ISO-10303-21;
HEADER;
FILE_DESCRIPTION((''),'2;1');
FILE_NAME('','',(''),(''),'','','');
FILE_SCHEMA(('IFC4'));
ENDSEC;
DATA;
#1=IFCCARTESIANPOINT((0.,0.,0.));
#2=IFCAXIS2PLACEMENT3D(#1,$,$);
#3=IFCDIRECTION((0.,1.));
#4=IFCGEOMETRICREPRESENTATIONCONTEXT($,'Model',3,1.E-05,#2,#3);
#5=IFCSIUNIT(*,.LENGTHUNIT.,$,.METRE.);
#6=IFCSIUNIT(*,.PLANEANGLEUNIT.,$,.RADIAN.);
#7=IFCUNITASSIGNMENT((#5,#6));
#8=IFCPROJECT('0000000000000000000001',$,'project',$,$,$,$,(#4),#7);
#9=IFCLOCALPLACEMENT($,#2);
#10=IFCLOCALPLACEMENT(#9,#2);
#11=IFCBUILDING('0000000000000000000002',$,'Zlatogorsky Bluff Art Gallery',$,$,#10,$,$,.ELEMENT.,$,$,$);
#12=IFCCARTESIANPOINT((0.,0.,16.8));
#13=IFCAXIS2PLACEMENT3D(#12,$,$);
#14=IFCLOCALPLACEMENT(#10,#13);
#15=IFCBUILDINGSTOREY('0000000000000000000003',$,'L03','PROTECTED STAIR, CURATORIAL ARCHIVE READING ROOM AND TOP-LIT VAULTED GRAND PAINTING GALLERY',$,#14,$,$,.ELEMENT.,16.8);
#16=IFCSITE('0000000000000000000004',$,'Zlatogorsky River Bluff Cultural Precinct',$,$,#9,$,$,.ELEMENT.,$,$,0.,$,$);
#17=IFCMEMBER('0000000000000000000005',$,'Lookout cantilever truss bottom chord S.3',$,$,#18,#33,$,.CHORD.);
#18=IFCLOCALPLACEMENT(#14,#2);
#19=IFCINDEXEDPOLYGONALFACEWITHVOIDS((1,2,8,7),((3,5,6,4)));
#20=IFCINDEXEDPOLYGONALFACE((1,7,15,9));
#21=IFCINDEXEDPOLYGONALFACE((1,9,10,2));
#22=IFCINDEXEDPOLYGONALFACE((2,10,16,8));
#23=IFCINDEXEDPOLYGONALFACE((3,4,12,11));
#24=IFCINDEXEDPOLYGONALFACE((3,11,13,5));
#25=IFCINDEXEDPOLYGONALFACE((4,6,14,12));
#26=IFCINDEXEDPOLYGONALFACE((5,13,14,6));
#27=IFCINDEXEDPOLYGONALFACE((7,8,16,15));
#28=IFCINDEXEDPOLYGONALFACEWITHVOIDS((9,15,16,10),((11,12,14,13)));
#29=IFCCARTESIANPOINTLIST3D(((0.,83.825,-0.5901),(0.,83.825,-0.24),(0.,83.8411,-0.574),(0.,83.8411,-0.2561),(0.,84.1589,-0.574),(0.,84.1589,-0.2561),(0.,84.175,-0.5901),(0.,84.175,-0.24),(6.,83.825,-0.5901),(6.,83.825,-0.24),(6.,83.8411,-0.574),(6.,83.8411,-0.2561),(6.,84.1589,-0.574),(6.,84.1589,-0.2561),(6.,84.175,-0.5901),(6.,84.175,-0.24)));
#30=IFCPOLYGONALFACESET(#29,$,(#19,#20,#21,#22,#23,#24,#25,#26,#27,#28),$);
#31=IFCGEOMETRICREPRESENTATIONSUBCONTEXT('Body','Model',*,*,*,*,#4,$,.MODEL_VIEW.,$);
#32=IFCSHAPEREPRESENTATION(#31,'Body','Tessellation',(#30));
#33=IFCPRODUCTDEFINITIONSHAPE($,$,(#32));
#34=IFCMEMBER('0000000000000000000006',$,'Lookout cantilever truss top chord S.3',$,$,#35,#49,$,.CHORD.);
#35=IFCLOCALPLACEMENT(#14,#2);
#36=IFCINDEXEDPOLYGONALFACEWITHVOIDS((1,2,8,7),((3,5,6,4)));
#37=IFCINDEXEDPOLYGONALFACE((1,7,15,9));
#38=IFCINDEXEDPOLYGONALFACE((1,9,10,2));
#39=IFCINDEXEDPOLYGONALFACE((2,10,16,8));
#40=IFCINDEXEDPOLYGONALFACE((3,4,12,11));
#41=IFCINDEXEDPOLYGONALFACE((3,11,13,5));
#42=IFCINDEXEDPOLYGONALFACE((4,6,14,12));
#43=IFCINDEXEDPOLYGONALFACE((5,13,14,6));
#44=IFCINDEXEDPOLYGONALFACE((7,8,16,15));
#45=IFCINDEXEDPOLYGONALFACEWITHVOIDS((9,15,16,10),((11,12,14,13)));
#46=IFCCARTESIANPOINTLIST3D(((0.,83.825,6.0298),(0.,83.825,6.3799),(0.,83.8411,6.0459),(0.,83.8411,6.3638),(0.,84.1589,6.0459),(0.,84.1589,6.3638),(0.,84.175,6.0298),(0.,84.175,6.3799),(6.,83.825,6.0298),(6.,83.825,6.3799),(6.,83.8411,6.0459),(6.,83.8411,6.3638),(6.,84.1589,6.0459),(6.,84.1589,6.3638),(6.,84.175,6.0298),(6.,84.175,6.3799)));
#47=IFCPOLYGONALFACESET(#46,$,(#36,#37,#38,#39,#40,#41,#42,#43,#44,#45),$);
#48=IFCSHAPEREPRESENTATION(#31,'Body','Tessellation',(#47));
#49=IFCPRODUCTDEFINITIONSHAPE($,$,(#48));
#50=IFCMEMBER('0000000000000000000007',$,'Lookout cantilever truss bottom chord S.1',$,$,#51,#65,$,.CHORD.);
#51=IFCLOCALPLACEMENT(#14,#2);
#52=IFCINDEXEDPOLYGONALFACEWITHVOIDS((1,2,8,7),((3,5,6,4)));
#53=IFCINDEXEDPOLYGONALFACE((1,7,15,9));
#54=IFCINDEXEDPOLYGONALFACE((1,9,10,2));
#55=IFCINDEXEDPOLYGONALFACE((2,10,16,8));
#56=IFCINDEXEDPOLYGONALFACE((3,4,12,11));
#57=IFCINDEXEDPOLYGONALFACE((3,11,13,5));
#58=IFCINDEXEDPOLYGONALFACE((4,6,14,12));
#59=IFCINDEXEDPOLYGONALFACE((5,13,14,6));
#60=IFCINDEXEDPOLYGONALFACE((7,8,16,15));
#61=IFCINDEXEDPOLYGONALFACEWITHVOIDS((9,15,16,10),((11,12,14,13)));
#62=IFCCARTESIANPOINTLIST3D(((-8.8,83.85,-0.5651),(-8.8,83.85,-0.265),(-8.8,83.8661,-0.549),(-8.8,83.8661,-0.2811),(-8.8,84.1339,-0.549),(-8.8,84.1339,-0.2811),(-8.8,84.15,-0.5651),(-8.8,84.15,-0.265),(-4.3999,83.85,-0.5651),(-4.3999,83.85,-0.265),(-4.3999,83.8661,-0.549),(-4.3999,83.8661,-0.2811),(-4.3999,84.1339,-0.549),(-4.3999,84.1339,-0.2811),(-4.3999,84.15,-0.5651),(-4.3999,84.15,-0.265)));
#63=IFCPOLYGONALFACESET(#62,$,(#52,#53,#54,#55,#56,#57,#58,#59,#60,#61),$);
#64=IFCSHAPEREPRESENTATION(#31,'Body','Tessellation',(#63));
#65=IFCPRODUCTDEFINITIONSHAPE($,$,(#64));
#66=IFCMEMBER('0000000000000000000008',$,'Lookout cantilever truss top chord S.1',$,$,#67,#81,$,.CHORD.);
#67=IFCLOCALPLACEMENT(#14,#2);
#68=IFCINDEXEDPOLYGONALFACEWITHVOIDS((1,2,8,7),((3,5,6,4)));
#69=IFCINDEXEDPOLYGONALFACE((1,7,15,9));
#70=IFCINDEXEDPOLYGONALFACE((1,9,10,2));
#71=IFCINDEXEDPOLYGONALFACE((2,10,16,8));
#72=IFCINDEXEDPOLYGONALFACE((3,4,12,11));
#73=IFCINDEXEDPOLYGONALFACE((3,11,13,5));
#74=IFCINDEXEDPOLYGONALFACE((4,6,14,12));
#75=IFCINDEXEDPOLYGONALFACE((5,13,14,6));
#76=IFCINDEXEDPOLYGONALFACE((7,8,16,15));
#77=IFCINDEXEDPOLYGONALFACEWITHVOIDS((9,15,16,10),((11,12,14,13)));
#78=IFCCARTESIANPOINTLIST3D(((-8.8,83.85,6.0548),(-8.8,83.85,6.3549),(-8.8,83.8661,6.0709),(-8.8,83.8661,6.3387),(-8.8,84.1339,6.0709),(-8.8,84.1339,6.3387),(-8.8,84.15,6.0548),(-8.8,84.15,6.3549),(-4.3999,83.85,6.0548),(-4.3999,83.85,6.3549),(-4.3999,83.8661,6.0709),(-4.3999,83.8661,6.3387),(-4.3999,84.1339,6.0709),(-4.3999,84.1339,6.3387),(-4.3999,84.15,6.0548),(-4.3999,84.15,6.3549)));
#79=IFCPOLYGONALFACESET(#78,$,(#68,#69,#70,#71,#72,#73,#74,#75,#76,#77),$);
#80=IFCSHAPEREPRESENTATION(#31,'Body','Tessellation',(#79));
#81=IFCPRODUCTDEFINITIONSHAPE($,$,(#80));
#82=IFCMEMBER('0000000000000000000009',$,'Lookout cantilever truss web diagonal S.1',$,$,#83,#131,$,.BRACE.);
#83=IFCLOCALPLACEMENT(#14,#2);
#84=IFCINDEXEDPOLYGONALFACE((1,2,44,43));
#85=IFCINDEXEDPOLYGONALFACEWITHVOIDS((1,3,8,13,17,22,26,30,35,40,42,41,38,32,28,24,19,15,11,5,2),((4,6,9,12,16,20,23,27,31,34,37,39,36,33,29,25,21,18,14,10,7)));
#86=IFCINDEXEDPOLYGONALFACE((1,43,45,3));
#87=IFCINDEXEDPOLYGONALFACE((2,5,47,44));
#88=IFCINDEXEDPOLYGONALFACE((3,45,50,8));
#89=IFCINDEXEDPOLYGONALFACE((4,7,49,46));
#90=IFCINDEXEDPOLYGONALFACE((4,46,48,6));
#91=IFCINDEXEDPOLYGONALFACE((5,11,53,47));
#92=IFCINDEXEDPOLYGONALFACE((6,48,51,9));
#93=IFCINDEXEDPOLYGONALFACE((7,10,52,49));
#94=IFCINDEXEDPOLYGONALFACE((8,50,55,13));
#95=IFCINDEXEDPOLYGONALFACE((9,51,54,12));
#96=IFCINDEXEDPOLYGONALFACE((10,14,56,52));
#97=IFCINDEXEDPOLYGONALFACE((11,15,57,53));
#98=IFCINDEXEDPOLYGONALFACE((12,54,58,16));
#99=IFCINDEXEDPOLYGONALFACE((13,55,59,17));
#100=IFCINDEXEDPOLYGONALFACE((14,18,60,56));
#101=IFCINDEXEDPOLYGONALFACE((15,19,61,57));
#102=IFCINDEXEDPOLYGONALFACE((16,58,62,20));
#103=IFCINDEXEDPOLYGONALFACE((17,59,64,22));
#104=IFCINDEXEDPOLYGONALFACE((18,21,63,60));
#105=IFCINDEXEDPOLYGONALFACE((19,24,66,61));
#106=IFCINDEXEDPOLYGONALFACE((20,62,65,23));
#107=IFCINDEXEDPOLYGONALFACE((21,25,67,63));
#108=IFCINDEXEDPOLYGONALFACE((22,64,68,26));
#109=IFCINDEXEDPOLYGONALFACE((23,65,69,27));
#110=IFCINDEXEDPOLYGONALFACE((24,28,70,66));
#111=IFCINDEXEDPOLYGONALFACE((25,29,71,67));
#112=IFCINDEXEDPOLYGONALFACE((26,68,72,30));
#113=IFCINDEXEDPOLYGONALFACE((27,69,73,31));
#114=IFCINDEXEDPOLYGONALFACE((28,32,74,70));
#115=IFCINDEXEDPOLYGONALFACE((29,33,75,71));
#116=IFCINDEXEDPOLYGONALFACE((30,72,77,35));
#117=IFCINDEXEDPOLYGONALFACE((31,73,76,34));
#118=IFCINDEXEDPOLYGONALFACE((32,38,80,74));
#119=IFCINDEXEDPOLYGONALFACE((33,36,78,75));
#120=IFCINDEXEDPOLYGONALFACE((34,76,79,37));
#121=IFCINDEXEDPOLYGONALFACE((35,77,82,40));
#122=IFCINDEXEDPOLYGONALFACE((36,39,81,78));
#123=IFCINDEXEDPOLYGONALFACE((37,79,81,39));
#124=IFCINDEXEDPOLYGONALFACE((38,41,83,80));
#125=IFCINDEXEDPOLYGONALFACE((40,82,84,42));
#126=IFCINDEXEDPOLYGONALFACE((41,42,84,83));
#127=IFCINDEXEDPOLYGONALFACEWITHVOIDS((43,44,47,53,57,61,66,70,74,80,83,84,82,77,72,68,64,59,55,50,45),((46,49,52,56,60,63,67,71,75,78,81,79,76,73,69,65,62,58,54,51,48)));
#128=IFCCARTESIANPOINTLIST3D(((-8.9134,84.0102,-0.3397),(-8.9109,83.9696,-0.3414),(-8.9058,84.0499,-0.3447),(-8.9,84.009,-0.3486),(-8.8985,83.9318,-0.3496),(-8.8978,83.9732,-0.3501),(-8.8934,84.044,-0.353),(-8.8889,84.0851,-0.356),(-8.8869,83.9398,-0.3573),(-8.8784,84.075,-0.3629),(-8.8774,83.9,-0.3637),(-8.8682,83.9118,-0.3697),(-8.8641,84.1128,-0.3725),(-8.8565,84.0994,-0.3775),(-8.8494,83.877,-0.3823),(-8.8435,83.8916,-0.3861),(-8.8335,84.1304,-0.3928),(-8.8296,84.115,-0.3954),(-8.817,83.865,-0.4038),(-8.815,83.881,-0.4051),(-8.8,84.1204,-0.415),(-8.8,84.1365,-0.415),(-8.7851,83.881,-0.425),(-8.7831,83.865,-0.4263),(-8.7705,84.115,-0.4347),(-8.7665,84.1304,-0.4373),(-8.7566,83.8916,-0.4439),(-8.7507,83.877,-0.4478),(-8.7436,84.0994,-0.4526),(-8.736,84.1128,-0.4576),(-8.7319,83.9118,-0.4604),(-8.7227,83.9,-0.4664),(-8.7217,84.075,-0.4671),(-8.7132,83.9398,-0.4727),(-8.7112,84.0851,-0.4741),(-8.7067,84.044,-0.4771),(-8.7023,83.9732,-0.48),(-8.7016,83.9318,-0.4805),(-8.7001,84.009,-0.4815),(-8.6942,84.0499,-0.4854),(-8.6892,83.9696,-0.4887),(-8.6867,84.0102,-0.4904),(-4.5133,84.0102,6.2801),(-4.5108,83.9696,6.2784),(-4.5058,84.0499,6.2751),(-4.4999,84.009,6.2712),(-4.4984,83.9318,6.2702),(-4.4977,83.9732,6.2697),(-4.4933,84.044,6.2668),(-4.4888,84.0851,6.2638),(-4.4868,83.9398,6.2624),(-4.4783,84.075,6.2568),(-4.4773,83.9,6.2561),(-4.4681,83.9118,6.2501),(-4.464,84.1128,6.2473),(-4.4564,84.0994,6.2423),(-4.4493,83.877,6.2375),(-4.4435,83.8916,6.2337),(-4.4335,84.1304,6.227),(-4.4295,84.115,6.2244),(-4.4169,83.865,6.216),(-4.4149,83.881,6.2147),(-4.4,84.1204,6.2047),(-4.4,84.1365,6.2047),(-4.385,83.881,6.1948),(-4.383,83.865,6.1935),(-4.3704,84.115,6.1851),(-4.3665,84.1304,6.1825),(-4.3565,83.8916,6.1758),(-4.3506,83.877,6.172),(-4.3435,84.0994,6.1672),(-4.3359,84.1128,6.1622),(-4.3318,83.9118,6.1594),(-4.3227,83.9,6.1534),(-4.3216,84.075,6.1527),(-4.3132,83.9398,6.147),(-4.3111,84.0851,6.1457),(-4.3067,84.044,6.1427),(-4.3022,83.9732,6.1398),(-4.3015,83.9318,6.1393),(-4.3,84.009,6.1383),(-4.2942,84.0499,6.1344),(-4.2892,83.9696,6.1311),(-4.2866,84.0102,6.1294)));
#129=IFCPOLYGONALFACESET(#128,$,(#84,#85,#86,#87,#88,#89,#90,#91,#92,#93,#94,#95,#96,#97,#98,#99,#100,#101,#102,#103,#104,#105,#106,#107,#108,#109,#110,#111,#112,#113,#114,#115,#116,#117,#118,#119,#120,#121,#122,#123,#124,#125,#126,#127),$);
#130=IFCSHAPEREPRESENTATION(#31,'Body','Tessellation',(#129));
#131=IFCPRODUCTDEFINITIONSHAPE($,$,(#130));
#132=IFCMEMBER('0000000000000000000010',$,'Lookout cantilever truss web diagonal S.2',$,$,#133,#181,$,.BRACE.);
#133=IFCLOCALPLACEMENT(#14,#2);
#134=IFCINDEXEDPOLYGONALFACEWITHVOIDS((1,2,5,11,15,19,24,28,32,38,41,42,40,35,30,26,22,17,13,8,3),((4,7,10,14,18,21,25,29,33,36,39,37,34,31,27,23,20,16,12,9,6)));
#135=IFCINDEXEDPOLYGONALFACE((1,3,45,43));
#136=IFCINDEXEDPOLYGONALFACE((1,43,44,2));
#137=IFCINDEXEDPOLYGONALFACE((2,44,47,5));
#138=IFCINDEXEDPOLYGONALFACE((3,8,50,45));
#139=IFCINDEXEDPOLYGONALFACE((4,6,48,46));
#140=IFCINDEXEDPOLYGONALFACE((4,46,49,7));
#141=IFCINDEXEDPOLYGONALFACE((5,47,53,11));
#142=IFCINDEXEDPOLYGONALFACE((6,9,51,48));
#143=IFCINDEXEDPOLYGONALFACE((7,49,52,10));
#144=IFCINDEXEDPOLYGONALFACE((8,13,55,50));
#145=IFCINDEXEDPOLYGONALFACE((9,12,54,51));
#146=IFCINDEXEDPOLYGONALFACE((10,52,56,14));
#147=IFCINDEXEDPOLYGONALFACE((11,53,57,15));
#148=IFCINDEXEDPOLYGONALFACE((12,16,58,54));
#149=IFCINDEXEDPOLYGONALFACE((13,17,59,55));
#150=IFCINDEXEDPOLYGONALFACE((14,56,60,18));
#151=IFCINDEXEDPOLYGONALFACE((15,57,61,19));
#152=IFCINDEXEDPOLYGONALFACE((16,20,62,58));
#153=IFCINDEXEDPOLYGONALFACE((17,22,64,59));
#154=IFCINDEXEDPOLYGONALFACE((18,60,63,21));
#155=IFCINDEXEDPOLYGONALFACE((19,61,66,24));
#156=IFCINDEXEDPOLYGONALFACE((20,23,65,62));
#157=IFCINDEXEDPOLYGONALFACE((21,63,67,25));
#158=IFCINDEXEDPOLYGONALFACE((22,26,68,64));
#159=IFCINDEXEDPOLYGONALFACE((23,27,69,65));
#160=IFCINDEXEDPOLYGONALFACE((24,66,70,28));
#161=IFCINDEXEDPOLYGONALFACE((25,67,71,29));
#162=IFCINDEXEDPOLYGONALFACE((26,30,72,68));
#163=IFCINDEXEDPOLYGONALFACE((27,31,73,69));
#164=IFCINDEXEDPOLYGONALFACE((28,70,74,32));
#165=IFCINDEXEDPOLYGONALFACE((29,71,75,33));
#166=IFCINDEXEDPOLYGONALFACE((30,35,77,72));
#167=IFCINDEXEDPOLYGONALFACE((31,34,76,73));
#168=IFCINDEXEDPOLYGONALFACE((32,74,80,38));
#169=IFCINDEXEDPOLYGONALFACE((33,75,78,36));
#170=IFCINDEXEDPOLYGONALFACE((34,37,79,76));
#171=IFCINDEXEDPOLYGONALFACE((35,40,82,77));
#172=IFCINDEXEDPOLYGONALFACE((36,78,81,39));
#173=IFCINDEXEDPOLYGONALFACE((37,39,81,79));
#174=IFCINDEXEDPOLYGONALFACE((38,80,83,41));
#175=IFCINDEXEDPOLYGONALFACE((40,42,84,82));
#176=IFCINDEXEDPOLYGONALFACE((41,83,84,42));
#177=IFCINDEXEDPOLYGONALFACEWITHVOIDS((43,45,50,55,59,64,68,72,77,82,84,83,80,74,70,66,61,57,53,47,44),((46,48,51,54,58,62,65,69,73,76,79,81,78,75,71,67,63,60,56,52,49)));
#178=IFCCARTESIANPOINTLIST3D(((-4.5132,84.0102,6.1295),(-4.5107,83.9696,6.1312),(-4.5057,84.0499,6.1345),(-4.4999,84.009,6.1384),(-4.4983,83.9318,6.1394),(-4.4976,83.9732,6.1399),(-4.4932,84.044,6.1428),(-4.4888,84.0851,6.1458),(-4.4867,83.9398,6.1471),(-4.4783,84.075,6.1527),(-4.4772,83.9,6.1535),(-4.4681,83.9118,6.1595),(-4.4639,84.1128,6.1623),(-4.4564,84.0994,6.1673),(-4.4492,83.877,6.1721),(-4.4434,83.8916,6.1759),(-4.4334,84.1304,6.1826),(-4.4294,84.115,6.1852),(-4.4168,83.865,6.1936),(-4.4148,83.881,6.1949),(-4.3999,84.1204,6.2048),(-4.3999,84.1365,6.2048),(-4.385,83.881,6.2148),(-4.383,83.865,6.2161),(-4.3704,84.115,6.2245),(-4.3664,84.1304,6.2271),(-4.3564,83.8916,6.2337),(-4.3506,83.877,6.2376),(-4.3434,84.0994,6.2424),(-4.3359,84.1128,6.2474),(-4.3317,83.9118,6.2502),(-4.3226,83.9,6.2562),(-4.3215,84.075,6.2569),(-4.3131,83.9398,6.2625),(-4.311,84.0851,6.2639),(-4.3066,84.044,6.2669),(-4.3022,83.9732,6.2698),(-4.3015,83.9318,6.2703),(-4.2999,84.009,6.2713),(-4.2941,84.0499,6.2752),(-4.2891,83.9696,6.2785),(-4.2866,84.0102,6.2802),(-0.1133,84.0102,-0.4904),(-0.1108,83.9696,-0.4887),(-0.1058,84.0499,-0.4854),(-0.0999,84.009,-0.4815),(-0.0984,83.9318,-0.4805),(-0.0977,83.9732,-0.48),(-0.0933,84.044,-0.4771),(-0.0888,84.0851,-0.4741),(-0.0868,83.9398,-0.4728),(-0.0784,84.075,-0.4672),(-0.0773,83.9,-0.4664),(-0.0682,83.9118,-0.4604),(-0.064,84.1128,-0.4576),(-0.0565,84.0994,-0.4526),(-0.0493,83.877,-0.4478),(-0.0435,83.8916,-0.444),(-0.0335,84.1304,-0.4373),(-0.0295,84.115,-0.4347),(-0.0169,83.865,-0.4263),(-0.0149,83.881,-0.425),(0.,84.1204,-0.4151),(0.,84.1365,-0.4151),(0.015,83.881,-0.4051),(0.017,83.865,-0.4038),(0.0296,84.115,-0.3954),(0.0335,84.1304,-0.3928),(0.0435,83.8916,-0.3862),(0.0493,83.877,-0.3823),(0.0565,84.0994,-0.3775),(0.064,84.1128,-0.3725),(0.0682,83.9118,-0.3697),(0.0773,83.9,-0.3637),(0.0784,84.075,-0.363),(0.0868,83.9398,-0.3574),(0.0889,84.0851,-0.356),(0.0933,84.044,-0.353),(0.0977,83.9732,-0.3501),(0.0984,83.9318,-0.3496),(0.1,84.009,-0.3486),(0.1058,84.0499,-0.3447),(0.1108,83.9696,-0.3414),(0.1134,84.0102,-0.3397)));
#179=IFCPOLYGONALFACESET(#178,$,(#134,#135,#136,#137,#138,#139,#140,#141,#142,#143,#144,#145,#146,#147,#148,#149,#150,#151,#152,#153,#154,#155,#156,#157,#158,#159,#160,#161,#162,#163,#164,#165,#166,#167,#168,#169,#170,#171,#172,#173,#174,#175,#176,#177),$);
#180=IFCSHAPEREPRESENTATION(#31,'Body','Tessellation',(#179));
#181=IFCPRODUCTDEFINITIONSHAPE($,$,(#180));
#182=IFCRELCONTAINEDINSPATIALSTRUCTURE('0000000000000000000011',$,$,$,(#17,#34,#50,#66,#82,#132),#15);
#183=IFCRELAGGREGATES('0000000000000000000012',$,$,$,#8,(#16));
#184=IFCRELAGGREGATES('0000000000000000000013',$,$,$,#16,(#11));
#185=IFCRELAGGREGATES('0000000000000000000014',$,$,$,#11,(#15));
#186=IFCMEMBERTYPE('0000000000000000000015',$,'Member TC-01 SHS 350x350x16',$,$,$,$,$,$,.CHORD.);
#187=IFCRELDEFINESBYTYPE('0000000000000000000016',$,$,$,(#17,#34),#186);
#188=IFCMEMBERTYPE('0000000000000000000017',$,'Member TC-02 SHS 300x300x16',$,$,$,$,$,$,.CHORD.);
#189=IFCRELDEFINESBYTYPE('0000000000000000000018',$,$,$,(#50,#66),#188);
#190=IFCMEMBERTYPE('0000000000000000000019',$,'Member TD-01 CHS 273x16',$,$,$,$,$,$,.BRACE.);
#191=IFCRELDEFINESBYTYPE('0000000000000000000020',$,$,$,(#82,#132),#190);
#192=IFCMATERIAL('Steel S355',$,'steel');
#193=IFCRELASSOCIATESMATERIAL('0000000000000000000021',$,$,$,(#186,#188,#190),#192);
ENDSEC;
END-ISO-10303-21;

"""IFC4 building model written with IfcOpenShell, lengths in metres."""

from ifc_helpers import new_model, si_unit, direction, frame, origin, origin_2d, place, context, subcontext, project, spatial, hollow_rectangle, hollow_circle, extrude, material, material_profile, profile_set, type_object, element, save


model = new_model("IFC4")

# Units and contexts
model_context = context("Model", 3, precision=1e-05, world=origin(), true_north=direction((0.0, 1.0)))
body_context = subcontext(model_context, "Body", "Model", "MODEL_VIEW")
ifc_project = project(units=[si_unit("LENGTHUNIT", "METRE"), si_unit("PLANEANGLEUNIT", "RADIAN")], contexts=[model_context])

# Site, building, storey
site_placement = place(None, origin())
site = spatial("IfcSite", under=ifc_project, at=site_placement, Name="Zlatogorsky River Bluff Cultural Precinct", CompositionType="ELEMENT", RefElevation=0.0)
building_placement = place(site_placement, origin())
building = spatial("IfcBuilding", under=site, at=building_placement, Name="Zlatogorsky Bluff Art Gallery", CompositionType="ELEMENT")
storey_placement = place(building_placement, frame((0.0, 0.0, 16.8)))
storey = spatial("IfcBuildingStorey", under=building, at=storey_placement, Name="L03", Description="PROTECTED STAIR, CURATORIAL ARCHIVE READING ROOM AND TOP-LIT VAULTED GRAND PAINTING GALLERY", CompositionType="ELEMENT", Elevation=16.8)

# Shared definitions
ifc_material_1 = material(Name="Steel S355", Category="steel")

# Members
ifc_material_profile_1 = material_profile(ifc_material_1, hollow_rectangle(XDim=0.3501, YDim=0.3501, WallThickness=0.0161, at=origin_2d()), Name="SHS 350x350x16")
ifc_profile_set_1 = profile_set([ifc_material_profile_1], Name="Steel S355")
member_type_1 = type_object("IfcMemberType", Name="Member TC-01 SHS 350x350x16", PredefinedType="CHORD", material=ifc_profile_set_1)
for number, where, z_axis, x_axis, name in (
    (1, (0.0, 84.0, -0.415), (1.0, 0.0, 0.0), (0.0, 1.0, 0.0), "Lookout cantilever truss bottom chord S.3"),
    (2, (0.0, 84.0, 6.2048), (1.0, 0.0, 0.0), (0.0, 1.0, 0.0), "Lookout cantilever truss top chord S.3"),
):
    element("IfcMember", number, at=place(storey_placement, frame(where, z_axis=z_axis, x_axis=x_axis)), inside=storey, type_object=member_type_1, Name=name, PredefinedType="CHORD", context=body_context, shape_type="SweptSolid", body=[
        extrude(hollow_rectangle(XDim=0.3501, YDim=0.3501, WallThickness=0.0161, at=origin_2d()), origin(), (0.0, 0.0, 1.0), 6.0),
    ])
ifc_material_profile_2 = material_profile(ifc_material_1, hollow_rectangle(XDim=0.3, YDim=0.3, WallThickness=0.0161, at=origin_2d()), Name="SHS 300x300x16")
ifc_profile_set_2 = profile_set([ifc_material_profile_2], Name="Steel S355")
member_type_2 = type_object("IfcMemberType", Name="Member TC-02 SHS 300x300x16", PredefinedType="CHORD", material=ifc_profile_set_2)
for number, where, z_axis, x_axis, name in (
    (3, (-8.8, 84.0, -0.415), (1.0, 0.0, 0.0), (0.0, 1.0, 0.0), "Lookout cantilever truss bottom chord S.1"),
    (4, (-8.8, 84.0, 6.2048), (1.0, 0.0, 0.0), (0.0, 1.0, 0.0), "Lookout cantilever truss top chord S.1"),
):
    element("IfcMember", number, at=place(storey_placement, frame(where, z_axis=z_axis, x_axis=x_axis)), inside=storey, type_object=member_type_2, Name=name, PredefinedType="CHORD", context=body_context, shape_type="SweptSolid", body=[
        extrude(hollow_rectangle(XDim=0.3, YDim=0.3, WallThickness=0.0161, at=origin_2d()), origin(), (0.0, 0.0, 1.0), 4.4001),
    ])
ifc_material_profile_3 = material_profile(ifc_material_1, hollow_circle(Radius=0.1365, WallThickness=0.0161, at=origin_2d()), Name="CHS 273x16")
ifc_profile_set_3 = profile_set([ifc_material_profile_3], Name="Steel S355")
member_type_3 = type_object("IfcMemberType", Name="Member TD-01 CHS 273x16", PredefinedType="BRACE", material=ifc_profile_set_3)
for number, where, z_axis, x_axis, name in (
    (5, (-8.8, 84.0, -0.415), (0.553559, 0.0, 0.83281), (0.0, 1.0, 0.0), "Lookout cantilever truss web diagonal S.1"),
    (6, (-4.3999, 84.0, 6.2048), (0.553537, 0.0, -0.832824), (0.0, 1.0, 0.0), "Lookout cantilever truss web diagonal S.2"),
):
    element("IfcMember", number, at=place(storey_placement, frame(where, z_axis=z_axis, x_axis=x_axis)), inside=storey, type_object=member_type_3, Name=name, PredefinedType="BRACE", context=body_context, shape_type="SweptSolid", body=[
        extrude(hollow_circle(Radius=0.1365, WallThickness=0.0161, at=origin_2d()), origin(), (0.0, 0.0, 1.0), 7.9487),
    ])

save(model, "model.ifc")
